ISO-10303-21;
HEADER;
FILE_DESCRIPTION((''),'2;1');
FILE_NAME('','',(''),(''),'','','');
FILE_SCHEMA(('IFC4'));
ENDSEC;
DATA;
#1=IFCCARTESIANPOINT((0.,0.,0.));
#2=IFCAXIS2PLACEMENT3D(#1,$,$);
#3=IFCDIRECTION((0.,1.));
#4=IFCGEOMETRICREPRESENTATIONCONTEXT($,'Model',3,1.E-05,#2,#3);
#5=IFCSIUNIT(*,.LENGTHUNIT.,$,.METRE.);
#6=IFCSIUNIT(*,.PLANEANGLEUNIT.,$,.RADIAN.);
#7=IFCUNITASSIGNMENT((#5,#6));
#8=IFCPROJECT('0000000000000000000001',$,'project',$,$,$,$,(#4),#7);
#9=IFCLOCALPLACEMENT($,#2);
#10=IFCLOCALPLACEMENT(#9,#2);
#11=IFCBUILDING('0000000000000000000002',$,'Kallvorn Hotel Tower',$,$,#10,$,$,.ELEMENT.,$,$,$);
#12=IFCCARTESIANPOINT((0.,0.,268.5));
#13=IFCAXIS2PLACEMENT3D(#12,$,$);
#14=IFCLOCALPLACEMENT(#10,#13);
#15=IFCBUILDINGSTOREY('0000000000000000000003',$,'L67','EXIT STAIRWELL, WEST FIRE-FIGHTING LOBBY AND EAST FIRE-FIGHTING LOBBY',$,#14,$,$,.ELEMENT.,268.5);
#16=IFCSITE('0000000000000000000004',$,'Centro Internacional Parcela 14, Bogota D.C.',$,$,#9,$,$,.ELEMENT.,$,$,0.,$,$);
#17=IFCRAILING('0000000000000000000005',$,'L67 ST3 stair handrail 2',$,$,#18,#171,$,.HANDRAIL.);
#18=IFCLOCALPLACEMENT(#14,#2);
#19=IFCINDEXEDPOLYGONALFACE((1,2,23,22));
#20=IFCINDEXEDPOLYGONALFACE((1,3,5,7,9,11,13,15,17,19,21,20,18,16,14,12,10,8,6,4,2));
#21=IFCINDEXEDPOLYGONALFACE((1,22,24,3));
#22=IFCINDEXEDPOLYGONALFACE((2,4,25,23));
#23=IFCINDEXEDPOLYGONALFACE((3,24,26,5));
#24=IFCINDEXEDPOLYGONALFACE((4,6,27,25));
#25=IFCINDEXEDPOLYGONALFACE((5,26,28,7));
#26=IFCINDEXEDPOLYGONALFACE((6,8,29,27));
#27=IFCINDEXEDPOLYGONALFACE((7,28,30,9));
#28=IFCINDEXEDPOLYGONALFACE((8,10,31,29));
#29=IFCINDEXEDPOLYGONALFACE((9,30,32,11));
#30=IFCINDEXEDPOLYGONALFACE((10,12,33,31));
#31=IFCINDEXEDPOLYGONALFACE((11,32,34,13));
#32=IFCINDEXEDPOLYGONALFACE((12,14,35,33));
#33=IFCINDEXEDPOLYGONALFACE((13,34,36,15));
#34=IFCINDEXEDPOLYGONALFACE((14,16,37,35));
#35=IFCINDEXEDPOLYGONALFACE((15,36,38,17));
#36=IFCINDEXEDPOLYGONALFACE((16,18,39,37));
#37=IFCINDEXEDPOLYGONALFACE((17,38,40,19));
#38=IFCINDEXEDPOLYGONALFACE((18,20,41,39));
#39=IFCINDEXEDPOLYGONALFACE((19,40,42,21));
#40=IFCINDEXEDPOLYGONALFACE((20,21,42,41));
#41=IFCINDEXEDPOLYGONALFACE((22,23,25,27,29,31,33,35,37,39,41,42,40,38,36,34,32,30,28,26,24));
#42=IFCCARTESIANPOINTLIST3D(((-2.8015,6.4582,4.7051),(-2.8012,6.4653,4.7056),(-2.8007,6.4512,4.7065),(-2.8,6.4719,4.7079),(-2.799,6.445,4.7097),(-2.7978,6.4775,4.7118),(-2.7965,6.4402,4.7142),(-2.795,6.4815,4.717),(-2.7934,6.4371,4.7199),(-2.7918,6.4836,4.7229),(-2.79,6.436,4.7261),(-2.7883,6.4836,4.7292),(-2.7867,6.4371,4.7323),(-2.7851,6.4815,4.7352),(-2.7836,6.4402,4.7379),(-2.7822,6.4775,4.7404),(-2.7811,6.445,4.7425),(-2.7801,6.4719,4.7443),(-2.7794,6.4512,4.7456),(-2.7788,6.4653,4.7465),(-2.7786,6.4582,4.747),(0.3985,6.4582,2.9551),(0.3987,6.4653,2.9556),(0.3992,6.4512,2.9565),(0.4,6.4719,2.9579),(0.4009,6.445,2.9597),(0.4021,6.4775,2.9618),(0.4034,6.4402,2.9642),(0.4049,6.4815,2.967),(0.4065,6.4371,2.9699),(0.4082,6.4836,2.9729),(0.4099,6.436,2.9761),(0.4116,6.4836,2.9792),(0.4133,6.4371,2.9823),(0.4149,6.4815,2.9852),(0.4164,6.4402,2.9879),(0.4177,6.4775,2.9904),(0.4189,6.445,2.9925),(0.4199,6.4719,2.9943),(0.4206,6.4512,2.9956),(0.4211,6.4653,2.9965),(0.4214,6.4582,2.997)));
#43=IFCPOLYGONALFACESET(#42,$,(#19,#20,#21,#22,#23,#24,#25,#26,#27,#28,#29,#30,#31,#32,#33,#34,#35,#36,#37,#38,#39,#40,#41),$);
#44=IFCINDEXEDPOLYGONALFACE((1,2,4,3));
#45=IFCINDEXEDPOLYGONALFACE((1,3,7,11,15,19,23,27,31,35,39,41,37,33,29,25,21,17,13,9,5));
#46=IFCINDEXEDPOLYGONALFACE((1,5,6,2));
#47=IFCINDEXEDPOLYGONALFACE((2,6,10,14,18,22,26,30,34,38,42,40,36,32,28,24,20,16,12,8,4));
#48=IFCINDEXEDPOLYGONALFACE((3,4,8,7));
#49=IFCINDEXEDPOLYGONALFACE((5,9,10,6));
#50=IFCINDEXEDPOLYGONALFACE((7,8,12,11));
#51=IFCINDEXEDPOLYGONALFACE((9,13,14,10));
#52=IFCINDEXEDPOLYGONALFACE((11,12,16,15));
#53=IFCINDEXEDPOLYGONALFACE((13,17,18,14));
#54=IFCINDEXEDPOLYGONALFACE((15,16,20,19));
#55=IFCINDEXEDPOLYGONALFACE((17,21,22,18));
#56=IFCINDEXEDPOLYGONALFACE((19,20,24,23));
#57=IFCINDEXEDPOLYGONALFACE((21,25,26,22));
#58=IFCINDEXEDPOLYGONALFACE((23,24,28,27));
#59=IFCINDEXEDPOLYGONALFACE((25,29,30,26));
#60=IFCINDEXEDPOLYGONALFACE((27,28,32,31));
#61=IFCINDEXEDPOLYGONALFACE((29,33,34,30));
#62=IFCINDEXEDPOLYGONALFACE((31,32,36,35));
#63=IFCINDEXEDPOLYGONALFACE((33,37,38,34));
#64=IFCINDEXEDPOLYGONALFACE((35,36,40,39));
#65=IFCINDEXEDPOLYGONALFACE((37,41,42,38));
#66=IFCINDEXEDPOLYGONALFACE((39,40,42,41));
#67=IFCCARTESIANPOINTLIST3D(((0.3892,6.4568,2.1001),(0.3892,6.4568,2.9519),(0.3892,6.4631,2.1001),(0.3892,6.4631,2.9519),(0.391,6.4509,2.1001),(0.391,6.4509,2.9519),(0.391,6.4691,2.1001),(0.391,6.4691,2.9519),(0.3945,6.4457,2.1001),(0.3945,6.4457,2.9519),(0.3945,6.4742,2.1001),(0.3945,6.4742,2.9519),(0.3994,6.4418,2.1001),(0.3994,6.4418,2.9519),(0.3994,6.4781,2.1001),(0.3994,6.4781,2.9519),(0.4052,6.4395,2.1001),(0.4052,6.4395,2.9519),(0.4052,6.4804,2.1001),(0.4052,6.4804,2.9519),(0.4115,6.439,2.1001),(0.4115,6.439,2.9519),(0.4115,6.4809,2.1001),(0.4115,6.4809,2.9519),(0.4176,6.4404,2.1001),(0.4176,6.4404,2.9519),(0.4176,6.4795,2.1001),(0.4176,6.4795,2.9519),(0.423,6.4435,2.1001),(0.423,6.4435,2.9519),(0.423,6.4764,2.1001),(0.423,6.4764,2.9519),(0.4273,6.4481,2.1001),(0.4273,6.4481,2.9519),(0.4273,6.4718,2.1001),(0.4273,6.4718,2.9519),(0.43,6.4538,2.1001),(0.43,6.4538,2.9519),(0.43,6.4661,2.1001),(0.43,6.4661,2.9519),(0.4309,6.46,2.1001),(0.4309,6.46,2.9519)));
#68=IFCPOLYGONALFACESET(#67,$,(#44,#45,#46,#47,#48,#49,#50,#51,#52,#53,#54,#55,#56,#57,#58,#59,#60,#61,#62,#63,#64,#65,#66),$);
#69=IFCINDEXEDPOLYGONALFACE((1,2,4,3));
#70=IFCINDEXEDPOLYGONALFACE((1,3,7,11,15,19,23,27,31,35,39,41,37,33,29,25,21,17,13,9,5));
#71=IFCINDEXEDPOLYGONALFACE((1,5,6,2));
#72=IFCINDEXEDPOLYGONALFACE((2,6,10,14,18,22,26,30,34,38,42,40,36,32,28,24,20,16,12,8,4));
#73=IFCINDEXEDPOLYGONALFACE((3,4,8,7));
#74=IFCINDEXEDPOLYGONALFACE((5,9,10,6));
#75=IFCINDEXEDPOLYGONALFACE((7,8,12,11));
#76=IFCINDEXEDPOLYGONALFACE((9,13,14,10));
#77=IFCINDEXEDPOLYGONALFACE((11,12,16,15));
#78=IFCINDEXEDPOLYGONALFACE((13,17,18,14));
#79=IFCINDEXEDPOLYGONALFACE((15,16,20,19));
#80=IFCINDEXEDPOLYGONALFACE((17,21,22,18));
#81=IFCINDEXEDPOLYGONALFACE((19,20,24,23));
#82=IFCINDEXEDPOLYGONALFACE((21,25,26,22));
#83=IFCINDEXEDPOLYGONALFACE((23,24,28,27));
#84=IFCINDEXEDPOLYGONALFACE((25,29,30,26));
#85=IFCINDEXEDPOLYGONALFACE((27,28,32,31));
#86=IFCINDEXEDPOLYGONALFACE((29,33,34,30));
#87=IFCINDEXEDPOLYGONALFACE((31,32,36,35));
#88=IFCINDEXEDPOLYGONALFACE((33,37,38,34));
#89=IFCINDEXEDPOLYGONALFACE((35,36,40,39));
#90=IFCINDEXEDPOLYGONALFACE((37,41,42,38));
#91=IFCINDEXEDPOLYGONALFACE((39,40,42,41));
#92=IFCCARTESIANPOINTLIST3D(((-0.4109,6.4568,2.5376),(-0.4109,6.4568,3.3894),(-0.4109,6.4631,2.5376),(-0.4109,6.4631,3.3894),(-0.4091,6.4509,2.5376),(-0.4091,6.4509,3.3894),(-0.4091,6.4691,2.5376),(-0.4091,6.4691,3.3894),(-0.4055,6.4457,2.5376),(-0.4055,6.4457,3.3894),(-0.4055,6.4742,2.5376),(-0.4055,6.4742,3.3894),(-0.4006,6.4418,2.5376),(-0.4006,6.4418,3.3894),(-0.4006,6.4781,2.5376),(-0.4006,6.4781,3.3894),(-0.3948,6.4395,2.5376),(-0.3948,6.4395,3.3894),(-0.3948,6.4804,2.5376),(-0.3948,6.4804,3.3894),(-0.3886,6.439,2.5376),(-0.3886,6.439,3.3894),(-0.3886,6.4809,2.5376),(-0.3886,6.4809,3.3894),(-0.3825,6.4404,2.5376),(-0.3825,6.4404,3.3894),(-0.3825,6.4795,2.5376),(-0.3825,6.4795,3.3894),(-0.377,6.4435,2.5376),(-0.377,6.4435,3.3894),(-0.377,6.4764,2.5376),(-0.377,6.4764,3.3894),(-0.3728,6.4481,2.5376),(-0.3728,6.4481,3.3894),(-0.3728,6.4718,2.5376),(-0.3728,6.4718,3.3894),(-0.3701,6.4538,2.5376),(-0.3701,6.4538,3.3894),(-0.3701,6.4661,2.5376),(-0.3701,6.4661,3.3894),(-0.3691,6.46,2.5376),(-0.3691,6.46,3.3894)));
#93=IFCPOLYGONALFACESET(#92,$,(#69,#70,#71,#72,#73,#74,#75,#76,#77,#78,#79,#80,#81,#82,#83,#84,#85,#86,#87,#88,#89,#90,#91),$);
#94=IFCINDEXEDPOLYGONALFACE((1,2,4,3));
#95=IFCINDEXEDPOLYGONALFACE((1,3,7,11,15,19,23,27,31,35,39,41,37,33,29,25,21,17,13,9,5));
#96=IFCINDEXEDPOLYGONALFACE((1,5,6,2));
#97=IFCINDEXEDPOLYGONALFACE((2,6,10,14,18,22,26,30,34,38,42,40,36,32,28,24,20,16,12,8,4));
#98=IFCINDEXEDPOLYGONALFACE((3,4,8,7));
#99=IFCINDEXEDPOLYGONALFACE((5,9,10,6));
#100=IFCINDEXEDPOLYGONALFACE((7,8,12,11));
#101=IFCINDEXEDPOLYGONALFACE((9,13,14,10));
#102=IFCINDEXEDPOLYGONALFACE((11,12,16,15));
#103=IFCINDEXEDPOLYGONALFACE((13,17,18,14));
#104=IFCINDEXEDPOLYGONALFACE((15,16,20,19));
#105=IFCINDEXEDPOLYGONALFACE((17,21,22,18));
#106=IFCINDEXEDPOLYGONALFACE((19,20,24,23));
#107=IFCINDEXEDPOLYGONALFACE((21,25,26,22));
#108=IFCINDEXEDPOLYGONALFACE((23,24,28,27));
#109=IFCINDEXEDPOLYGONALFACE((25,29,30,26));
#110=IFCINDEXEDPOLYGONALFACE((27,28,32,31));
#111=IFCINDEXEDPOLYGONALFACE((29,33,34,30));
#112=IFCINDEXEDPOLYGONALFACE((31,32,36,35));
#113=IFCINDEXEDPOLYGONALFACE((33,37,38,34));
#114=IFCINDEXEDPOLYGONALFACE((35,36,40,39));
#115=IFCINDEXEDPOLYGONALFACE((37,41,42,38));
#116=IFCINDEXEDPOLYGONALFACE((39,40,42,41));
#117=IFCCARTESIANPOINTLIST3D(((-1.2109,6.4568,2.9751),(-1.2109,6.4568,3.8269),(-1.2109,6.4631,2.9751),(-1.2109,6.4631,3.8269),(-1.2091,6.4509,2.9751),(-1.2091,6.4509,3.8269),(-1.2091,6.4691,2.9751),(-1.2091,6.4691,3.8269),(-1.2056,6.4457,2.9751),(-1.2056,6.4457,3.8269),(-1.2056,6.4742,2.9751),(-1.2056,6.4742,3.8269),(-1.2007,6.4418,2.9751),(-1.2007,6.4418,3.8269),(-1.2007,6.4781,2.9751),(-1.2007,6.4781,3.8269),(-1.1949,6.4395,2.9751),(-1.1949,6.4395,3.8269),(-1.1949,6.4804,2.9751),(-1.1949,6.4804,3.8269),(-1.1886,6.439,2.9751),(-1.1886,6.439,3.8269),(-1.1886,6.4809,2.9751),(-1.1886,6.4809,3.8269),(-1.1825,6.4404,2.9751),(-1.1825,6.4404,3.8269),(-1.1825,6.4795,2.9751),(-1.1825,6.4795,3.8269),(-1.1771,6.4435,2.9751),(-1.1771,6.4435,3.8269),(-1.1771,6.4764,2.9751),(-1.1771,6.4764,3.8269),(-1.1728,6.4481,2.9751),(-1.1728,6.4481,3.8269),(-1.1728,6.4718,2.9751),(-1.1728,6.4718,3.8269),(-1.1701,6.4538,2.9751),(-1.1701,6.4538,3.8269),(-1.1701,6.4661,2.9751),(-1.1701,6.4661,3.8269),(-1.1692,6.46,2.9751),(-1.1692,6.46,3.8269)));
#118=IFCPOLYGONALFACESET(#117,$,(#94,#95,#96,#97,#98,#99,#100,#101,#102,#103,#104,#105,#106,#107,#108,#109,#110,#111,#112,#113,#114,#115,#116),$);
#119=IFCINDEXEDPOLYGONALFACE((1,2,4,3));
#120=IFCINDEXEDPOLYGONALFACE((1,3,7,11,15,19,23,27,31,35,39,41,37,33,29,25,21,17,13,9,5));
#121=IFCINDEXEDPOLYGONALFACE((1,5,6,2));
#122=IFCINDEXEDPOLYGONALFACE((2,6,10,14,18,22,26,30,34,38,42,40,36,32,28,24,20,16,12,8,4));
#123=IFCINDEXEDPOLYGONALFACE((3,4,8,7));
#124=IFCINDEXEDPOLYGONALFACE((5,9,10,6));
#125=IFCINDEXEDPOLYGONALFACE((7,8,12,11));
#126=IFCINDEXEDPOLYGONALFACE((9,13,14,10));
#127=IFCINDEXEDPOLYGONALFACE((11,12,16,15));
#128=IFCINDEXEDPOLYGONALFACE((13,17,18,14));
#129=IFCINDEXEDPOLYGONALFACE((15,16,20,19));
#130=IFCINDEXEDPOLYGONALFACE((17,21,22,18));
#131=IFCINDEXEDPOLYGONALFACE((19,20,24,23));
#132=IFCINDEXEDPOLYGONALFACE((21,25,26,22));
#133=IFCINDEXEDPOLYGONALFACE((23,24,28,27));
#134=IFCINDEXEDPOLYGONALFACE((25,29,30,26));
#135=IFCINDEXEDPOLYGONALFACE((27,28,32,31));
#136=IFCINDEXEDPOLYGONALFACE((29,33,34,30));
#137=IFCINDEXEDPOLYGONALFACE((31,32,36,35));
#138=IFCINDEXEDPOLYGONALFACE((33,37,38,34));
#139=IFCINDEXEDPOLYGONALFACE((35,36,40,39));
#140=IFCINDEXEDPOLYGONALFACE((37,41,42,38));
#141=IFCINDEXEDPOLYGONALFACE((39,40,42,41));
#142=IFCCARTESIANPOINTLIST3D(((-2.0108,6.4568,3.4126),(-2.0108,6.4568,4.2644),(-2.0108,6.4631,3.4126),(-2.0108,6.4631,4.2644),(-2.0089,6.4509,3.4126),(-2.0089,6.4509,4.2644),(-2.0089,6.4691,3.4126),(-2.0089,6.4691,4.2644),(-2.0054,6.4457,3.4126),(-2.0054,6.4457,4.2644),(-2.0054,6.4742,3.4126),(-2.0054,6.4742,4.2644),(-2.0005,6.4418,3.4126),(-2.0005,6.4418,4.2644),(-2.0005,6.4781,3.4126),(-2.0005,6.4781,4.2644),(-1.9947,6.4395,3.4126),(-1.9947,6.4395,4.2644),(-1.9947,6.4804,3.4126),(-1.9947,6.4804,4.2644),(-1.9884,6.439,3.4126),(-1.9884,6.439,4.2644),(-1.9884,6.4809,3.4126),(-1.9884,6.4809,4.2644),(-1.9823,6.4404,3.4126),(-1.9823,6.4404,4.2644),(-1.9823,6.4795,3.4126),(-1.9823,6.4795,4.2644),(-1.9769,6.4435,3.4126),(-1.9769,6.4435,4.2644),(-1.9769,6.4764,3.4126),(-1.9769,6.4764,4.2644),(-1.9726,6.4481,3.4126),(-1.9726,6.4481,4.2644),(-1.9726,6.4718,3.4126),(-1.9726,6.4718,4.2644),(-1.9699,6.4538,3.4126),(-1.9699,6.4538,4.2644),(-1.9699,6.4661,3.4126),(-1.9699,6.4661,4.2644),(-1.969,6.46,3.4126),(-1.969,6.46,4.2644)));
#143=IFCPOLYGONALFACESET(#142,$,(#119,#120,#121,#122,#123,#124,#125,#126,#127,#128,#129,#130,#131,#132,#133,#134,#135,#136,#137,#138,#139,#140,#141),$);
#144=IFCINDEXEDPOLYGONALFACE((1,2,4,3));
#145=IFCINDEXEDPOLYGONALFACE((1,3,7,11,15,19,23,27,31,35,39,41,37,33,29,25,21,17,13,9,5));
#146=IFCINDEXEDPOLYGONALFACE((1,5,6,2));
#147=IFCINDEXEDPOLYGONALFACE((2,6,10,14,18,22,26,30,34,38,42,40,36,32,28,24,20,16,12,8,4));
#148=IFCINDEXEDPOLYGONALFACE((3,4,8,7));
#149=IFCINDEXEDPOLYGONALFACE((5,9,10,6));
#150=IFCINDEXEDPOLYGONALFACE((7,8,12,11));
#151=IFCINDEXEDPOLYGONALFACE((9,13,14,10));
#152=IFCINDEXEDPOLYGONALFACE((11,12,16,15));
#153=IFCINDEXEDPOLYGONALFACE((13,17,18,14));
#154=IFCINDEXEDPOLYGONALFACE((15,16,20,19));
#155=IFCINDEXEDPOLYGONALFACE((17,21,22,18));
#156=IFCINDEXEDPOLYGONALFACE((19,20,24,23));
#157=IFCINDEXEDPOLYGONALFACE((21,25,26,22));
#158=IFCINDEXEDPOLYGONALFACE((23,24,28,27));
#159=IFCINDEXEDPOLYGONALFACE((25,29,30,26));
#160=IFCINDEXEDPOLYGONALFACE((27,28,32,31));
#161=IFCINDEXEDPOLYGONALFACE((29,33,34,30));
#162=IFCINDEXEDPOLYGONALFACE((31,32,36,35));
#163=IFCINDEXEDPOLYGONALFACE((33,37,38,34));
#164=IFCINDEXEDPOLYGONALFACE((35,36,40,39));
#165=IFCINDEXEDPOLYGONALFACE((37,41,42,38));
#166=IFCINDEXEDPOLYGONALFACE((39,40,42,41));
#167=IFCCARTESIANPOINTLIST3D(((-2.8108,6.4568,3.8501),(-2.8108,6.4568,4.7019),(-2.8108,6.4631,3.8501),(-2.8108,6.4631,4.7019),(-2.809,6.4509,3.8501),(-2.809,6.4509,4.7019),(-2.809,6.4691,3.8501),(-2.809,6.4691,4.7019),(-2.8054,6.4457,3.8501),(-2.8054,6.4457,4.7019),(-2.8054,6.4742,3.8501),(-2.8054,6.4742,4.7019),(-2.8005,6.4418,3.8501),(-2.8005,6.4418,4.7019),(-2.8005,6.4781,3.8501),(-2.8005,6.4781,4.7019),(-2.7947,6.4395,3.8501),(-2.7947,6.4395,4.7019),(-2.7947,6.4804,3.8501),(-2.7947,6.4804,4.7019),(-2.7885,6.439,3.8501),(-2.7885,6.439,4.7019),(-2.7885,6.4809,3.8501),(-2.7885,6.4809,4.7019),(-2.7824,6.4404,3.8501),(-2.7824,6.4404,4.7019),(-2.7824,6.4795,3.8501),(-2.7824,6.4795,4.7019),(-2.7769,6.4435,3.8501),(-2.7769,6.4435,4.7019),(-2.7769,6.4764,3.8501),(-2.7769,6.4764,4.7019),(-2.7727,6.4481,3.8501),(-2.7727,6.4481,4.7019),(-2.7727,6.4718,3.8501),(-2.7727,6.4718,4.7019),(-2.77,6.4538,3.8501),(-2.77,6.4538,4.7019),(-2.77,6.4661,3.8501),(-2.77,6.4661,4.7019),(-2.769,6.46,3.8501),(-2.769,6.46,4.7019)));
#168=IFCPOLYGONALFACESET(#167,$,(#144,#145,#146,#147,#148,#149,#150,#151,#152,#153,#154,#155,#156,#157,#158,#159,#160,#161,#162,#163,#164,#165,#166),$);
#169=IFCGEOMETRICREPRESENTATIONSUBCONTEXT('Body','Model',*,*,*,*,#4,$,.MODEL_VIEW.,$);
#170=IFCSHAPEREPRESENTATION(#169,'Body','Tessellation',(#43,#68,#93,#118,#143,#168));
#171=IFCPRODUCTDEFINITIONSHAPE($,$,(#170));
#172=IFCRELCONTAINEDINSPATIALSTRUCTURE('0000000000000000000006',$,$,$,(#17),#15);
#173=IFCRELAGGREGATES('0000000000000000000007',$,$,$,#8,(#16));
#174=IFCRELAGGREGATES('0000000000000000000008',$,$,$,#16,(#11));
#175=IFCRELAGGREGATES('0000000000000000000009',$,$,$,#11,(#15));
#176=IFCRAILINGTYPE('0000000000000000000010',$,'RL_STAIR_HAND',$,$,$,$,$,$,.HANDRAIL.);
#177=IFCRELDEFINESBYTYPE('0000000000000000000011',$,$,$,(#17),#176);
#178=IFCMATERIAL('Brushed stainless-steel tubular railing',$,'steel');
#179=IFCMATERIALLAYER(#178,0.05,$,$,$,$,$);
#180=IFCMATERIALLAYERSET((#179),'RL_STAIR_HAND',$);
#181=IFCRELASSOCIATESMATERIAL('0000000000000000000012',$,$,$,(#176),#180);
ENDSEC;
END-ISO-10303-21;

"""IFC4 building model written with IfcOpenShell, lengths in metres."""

from ifc_helpers import new_model, si_unit, direction, frame, origin, origin_2d, place, context, subcontext, project, spatial, circle, extrude, material, layer, layer_set, type_object, element, save


model = new_model("IFC4")

# Units and contexts
model_context = context("Model", 3, precision=1e-05, world=origin(), true_north=direction((0.0, 1.0)))
body_context = subcontext(model_context, "Body", "Model", "MODEL_VIEW")
ifc_project = project(units=[si_unit("LENGTHUNIT", "METRE"), si_unit("PLANEANGLEUNIT", "RADIAN")], contexts=[model_context])

# Site, building, storey
site_placement = place(None, origin())
site = spatial("IfcSite", under=ifc_project, at=site_placement, Name="Centro Internacional Parcela 14, Bogota D.C.", CompositionType="ELEMENT", RefElevation=0.0)
building_placement = place(site_placement, origin())
building = spatial("IfcBuilding", under=site, at=building_placement, Name="Kallvorn Hotel Tower", CompositionType="ELEMENT")
storey_placement = place(building_placement, frame((0.0, 0.0, 268.5)))
storey = spatial("IfcBuildingStorey", under=building, at=storey_placement, Name="L67", Description="EXIT STAIRWELL, WEST FIRE-FIGHTING LOBBY AND EAST FIRE-FIGHTING LOBBY", CompositionType="ELEMENT", Elevation=268.5)

# Railing
ifc_material_1 = material(Name="Brushed stainless-steel tubular railing", Category="steel")
ifc_layer_1 = layer(ifc_material_1, 0.05)
ifc_layer_set_1 = layer_set([ifc_layer_1], Name="RL_STAIR_HAND")
railing_type_1 = type_object("IfcRailingType", Name="RL_STAIR_HAND", PredefinedType="HANDRAIL", material=ifc_layer_set_1)
railing_1_placement = place(storey_placement, frame((0.4099, 6.46, 2.1001)))
element("IfcRailing", 1, at=railing_1_placement, inside=storey, type_object=railing_type_1, Name="L67 ST3 stair handrail 2", PredefinedType="HANDRAIL", context=body_context, shape_type="SweptSolid", body=[
    extrude(circle(Radius=0.0239, at=origin_2d()), frame((0.0, 0.0, 0.876), z_axis=(-0.877368, 0.0, 0.479818), x_axis=(0.0, -1.0, 0.0)), (0.0, 0.0, 1.0), 3.6472),
    extrude(circle(Radius=0.021, at=origin_2d()), origin(), (0.0, 0.0, 1.0), 0.8518),
    extrude(circle(Radius=0.021, at=origin_2d()), frame((-0.8, 0.0, 0.4375)), (0.0, 0.0, 1.0), 0.8518),
    extrude(circle(Radius=0.021, at=origin_2d()), frame((-1.6001, 0.0, 0.875)), (0.0, 0.0, 1.0), 0.8518),
    extrude(circle(Radius=0.021, at=origin_2d()), frame((-2.3999, 0.0, 1.3125)), (0.0, 0.0, 1.0), 0.8518),
    extrude(circle(Radius=0.021, at=origin_2d()), frame((-3.2, 0.0, 1.75)), (0.0, 0.0, 1.0), 0.8518),
])

save(model, "model.ifc")
